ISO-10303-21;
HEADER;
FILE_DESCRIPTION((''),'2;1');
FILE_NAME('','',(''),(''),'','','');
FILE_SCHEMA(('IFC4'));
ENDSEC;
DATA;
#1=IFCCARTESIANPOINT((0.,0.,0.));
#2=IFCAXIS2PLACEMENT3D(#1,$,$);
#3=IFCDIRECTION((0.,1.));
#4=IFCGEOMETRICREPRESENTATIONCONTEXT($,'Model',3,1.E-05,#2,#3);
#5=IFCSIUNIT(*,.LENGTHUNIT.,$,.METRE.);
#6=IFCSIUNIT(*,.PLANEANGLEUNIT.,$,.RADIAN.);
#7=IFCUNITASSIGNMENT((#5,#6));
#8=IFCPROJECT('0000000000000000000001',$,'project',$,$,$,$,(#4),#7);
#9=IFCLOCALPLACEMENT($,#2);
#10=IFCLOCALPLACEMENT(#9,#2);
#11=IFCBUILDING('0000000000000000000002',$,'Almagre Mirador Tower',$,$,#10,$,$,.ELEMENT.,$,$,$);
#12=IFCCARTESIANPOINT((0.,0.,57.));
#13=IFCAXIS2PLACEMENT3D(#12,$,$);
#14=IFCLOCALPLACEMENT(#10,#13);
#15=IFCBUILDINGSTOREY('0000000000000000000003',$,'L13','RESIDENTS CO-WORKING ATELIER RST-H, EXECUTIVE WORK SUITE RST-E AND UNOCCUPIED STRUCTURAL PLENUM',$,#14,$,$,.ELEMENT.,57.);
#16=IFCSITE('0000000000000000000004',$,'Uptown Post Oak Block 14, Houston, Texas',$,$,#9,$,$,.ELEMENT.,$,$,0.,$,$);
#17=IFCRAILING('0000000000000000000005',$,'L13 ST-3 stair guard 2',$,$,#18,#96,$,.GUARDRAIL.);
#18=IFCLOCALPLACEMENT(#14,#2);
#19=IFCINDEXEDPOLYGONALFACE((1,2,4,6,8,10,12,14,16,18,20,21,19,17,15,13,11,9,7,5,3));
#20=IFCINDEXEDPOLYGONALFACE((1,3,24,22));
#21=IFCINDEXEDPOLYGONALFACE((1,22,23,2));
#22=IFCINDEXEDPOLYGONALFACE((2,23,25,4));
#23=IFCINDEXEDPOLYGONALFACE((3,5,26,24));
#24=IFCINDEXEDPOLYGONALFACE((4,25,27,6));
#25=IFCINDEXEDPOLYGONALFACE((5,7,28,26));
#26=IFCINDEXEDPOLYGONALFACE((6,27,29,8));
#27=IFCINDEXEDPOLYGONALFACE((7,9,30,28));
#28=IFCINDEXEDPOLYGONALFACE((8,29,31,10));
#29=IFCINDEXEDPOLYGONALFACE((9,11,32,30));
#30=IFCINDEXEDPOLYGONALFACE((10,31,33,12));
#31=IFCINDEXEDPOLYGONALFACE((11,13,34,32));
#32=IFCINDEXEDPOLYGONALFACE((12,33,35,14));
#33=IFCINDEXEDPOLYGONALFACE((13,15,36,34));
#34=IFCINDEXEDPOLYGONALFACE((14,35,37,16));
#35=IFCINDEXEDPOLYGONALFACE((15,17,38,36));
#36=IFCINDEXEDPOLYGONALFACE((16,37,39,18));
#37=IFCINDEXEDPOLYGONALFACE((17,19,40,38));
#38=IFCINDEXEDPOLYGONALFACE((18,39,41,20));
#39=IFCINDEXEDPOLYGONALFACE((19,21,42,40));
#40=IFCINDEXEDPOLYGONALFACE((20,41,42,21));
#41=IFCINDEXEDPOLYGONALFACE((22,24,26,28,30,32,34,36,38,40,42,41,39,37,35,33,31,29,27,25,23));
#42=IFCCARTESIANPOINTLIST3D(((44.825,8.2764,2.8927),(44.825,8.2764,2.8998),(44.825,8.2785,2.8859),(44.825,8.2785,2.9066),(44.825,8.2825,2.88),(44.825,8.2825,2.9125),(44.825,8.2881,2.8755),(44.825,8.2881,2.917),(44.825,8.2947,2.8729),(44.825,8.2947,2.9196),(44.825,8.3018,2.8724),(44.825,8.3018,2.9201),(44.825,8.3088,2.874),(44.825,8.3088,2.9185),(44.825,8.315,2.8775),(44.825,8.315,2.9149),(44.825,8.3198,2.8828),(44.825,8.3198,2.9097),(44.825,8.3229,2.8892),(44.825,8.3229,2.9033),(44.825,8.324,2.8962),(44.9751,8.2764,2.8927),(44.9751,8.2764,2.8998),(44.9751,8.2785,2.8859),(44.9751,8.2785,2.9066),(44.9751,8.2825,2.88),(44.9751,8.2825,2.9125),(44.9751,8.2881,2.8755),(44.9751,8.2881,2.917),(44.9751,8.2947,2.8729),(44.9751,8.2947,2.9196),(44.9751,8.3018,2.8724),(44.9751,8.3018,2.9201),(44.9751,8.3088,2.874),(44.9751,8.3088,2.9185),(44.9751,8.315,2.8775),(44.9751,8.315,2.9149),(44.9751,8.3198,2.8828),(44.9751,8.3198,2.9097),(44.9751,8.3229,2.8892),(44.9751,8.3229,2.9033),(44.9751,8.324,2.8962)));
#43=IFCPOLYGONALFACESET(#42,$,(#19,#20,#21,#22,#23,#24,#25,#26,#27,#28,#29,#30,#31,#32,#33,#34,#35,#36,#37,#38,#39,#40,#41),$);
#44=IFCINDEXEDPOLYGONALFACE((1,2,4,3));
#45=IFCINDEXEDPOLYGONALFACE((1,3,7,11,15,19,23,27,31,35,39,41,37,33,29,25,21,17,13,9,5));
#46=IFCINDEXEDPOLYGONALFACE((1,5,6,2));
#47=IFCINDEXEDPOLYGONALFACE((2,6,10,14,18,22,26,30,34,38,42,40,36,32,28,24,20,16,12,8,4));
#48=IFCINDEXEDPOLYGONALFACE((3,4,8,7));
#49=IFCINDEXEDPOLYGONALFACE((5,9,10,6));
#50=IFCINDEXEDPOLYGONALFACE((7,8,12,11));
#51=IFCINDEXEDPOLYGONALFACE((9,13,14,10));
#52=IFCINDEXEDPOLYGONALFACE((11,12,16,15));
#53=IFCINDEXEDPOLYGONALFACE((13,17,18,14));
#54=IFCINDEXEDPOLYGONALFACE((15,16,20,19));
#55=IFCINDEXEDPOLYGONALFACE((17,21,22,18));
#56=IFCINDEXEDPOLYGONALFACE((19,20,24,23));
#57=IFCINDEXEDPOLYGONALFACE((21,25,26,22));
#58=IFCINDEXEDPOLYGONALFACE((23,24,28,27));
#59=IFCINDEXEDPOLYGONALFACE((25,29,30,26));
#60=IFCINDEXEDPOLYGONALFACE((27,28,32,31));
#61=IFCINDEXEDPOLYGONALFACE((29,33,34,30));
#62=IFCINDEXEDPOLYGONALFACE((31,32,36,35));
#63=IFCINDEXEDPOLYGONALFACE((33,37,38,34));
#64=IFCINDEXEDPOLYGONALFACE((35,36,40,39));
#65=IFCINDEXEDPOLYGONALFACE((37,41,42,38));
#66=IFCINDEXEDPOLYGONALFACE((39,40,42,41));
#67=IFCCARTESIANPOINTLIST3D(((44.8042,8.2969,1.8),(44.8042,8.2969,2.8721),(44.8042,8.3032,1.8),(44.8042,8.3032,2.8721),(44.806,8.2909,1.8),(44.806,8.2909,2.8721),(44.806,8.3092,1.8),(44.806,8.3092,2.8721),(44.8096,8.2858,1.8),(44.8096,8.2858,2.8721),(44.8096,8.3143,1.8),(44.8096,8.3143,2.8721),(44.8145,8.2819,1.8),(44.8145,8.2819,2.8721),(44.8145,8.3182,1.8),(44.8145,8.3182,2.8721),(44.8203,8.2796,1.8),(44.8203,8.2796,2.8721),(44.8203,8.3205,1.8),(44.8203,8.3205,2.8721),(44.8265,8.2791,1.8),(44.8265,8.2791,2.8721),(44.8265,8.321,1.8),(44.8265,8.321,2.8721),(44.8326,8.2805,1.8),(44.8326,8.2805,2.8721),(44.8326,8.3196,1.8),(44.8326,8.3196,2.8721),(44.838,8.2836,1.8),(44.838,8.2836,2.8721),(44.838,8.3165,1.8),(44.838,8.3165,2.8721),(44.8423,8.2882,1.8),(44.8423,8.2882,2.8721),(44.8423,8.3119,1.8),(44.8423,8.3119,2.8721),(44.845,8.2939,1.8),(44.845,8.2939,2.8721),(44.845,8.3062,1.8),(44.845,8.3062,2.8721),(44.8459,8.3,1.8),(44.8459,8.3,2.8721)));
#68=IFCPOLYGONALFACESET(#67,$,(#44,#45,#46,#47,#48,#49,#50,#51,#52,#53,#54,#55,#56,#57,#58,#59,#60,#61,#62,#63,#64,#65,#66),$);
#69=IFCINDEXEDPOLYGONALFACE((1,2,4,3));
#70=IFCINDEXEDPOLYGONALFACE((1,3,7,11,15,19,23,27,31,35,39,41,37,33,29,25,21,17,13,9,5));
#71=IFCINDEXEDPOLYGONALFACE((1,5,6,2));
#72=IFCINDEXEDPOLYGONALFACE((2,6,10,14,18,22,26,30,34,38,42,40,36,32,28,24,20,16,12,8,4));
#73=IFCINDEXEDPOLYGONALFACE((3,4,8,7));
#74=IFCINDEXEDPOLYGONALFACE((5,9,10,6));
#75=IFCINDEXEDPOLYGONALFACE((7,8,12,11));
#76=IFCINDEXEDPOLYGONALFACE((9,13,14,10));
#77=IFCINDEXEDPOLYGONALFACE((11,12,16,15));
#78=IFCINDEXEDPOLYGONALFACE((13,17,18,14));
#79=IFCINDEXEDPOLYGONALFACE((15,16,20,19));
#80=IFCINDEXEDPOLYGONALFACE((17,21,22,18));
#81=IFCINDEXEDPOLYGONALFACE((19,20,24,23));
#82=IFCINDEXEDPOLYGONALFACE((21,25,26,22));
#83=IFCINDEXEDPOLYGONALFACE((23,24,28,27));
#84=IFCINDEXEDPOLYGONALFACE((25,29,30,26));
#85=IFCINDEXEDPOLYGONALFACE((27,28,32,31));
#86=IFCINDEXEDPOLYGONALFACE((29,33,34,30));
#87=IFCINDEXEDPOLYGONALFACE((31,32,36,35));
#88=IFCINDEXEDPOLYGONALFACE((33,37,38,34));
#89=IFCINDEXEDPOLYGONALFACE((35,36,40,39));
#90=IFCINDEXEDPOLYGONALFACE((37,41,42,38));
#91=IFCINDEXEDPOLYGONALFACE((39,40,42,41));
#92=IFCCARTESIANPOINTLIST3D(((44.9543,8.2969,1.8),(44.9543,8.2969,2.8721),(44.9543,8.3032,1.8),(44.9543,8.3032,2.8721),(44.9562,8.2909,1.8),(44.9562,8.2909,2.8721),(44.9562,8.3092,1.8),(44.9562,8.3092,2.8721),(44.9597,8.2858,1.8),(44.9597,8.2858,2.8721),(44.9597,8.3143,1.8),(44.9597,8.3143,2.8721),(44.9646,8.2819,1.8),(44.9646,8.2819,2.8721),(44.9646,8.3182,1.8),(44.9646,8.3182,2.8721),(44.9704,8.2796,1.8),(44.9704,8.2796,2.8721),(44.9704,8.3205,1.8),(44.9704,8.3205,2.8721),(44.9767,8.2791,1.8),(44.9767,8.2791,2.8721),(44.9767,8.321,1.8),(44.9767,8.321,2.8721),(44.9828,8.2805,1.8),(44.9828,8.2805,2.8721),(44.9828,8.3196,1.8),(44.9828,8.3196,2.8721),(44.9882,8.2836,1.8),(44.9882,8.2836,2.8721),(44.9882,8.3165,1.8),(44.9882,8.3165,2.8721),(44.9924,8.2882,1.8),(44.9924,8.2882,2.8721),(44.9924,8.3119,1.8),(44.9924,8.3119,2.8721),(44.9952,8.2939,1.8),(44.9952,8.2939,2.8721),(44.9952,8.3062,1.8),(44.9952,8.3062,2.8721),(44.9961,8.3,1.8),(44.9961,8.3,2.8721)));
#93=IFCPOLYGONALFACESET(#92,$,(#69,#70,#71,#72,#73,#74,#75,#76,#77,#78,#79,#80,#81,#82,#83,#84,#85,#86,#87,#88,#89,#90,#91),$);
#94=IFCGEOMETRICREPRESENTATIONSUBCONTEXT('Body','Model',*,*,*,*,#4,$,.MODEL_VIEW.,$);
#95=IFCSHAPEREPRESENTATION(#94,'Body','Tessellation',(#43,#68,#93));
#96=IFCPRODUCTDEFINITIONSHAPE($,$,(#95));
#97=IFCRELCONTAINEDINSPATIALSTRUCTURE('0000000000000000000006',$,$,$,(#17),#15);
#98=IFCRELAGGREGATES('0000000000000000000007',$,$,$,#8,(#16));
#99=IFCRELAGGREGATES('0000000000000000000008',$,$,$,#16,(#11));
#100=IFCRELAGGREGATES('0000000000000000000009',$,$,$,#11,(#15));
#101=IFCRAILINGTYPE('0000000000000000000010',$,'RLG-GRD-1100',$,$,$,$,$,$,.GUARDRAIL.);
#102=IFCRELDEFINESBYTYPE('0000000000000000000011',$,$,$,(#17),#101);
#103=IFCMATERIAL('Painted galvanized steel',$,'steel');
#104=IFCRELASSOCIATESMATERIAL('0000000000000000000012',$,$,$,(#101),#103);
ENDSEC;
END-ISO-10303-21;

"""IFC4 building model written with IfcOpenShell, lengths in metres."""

from ifc_helpers import new_model, si_unit, direction, frame, origin, origin_2d, place, context, subcontext, project, spatial, circle, extrude, material, type_object, element, save


model = new_model("IFC4")

# Units and contexts
model_context = context("Model", 3, precision=1e-05, world=origin(), true_north=direction((0.0, 1.0)))
body_context = subcontext(model_context, "Body", "Model", "MODEL_VIEW")
ifc_project = project(units=[si_unit("LENGTHUNIT", "METRE"), si_unit("PLANEANGLEUNIT", "RADIAN")], contexts=[model_context])

# Site, building, storey
site_placement = place(None, origin())
site = spatial("IfcSite", under=ifc_project, at=site_placement, Name="Uptown Post Oak Block 14, Houston, Texas", CompositionType="ELEMENT", RefElevation=0.0)
building_placement = place(site_placement, origin())
building = spatial("IfcBuilding", under=site, at=building_placement, Name="Almagre Mirador Tower", CompositionType="ELEMENT")
storey_placement = place(building_placement, frame((0.0, 0.0, 57.0)))
storey = spatial("IfcBuildingStorey", under=building, at=storey_placement, Name="L13", Description="RESIDENTS CO-WORKING ATELIER RST-H, EXECUTIVE WORK SUITE RST-E AND UNOCCUPIED STRUCTURAL PLENUM", CompositionType="ELEMENT", Elevation=57.0)

# Railing
ifc_material_1 = material(Name="Painted galvanized steel", Category="steel")
railing_type_1 = type_object("IfcRailingType", Name="RLG-GRD-1100", PredefinedType="GUARDRAIL", material=ifc_material_1)
railing_1_placement = place(storey_placement, frame((44.825, 8.3, 1.8)))
element("IfcRailing", 1, at=railing_1_placement, inside=storey, type_object=railing_type_1, Name="L13 ST-3 stair guard 2", PredefinedType="GUARDRAIL", context=body_context, shape_type="SweptSolid", body=[
    extrude(circle(Radius=0.0239, at=origin_2d()), frame((0.0, 0.0, 1.0962), z_axis=(1.0, 0.0, 0.0), x_axis=(0.0, 1.0, 0.0)), (0.0, 0.0, 1.0), 0.1501),
    extrude(circle(Radius=0.021, at=origin_2d()), origin(), (0.0, 0.0, 1.0), 1.072),
    extrude(circle(Radius=0.021, at=origin_2d()), frame((0.1501, 0.0, 0.0)), (0.0, 0.0, 1.0), 1.072),
])

save(model, "model.ifc")
